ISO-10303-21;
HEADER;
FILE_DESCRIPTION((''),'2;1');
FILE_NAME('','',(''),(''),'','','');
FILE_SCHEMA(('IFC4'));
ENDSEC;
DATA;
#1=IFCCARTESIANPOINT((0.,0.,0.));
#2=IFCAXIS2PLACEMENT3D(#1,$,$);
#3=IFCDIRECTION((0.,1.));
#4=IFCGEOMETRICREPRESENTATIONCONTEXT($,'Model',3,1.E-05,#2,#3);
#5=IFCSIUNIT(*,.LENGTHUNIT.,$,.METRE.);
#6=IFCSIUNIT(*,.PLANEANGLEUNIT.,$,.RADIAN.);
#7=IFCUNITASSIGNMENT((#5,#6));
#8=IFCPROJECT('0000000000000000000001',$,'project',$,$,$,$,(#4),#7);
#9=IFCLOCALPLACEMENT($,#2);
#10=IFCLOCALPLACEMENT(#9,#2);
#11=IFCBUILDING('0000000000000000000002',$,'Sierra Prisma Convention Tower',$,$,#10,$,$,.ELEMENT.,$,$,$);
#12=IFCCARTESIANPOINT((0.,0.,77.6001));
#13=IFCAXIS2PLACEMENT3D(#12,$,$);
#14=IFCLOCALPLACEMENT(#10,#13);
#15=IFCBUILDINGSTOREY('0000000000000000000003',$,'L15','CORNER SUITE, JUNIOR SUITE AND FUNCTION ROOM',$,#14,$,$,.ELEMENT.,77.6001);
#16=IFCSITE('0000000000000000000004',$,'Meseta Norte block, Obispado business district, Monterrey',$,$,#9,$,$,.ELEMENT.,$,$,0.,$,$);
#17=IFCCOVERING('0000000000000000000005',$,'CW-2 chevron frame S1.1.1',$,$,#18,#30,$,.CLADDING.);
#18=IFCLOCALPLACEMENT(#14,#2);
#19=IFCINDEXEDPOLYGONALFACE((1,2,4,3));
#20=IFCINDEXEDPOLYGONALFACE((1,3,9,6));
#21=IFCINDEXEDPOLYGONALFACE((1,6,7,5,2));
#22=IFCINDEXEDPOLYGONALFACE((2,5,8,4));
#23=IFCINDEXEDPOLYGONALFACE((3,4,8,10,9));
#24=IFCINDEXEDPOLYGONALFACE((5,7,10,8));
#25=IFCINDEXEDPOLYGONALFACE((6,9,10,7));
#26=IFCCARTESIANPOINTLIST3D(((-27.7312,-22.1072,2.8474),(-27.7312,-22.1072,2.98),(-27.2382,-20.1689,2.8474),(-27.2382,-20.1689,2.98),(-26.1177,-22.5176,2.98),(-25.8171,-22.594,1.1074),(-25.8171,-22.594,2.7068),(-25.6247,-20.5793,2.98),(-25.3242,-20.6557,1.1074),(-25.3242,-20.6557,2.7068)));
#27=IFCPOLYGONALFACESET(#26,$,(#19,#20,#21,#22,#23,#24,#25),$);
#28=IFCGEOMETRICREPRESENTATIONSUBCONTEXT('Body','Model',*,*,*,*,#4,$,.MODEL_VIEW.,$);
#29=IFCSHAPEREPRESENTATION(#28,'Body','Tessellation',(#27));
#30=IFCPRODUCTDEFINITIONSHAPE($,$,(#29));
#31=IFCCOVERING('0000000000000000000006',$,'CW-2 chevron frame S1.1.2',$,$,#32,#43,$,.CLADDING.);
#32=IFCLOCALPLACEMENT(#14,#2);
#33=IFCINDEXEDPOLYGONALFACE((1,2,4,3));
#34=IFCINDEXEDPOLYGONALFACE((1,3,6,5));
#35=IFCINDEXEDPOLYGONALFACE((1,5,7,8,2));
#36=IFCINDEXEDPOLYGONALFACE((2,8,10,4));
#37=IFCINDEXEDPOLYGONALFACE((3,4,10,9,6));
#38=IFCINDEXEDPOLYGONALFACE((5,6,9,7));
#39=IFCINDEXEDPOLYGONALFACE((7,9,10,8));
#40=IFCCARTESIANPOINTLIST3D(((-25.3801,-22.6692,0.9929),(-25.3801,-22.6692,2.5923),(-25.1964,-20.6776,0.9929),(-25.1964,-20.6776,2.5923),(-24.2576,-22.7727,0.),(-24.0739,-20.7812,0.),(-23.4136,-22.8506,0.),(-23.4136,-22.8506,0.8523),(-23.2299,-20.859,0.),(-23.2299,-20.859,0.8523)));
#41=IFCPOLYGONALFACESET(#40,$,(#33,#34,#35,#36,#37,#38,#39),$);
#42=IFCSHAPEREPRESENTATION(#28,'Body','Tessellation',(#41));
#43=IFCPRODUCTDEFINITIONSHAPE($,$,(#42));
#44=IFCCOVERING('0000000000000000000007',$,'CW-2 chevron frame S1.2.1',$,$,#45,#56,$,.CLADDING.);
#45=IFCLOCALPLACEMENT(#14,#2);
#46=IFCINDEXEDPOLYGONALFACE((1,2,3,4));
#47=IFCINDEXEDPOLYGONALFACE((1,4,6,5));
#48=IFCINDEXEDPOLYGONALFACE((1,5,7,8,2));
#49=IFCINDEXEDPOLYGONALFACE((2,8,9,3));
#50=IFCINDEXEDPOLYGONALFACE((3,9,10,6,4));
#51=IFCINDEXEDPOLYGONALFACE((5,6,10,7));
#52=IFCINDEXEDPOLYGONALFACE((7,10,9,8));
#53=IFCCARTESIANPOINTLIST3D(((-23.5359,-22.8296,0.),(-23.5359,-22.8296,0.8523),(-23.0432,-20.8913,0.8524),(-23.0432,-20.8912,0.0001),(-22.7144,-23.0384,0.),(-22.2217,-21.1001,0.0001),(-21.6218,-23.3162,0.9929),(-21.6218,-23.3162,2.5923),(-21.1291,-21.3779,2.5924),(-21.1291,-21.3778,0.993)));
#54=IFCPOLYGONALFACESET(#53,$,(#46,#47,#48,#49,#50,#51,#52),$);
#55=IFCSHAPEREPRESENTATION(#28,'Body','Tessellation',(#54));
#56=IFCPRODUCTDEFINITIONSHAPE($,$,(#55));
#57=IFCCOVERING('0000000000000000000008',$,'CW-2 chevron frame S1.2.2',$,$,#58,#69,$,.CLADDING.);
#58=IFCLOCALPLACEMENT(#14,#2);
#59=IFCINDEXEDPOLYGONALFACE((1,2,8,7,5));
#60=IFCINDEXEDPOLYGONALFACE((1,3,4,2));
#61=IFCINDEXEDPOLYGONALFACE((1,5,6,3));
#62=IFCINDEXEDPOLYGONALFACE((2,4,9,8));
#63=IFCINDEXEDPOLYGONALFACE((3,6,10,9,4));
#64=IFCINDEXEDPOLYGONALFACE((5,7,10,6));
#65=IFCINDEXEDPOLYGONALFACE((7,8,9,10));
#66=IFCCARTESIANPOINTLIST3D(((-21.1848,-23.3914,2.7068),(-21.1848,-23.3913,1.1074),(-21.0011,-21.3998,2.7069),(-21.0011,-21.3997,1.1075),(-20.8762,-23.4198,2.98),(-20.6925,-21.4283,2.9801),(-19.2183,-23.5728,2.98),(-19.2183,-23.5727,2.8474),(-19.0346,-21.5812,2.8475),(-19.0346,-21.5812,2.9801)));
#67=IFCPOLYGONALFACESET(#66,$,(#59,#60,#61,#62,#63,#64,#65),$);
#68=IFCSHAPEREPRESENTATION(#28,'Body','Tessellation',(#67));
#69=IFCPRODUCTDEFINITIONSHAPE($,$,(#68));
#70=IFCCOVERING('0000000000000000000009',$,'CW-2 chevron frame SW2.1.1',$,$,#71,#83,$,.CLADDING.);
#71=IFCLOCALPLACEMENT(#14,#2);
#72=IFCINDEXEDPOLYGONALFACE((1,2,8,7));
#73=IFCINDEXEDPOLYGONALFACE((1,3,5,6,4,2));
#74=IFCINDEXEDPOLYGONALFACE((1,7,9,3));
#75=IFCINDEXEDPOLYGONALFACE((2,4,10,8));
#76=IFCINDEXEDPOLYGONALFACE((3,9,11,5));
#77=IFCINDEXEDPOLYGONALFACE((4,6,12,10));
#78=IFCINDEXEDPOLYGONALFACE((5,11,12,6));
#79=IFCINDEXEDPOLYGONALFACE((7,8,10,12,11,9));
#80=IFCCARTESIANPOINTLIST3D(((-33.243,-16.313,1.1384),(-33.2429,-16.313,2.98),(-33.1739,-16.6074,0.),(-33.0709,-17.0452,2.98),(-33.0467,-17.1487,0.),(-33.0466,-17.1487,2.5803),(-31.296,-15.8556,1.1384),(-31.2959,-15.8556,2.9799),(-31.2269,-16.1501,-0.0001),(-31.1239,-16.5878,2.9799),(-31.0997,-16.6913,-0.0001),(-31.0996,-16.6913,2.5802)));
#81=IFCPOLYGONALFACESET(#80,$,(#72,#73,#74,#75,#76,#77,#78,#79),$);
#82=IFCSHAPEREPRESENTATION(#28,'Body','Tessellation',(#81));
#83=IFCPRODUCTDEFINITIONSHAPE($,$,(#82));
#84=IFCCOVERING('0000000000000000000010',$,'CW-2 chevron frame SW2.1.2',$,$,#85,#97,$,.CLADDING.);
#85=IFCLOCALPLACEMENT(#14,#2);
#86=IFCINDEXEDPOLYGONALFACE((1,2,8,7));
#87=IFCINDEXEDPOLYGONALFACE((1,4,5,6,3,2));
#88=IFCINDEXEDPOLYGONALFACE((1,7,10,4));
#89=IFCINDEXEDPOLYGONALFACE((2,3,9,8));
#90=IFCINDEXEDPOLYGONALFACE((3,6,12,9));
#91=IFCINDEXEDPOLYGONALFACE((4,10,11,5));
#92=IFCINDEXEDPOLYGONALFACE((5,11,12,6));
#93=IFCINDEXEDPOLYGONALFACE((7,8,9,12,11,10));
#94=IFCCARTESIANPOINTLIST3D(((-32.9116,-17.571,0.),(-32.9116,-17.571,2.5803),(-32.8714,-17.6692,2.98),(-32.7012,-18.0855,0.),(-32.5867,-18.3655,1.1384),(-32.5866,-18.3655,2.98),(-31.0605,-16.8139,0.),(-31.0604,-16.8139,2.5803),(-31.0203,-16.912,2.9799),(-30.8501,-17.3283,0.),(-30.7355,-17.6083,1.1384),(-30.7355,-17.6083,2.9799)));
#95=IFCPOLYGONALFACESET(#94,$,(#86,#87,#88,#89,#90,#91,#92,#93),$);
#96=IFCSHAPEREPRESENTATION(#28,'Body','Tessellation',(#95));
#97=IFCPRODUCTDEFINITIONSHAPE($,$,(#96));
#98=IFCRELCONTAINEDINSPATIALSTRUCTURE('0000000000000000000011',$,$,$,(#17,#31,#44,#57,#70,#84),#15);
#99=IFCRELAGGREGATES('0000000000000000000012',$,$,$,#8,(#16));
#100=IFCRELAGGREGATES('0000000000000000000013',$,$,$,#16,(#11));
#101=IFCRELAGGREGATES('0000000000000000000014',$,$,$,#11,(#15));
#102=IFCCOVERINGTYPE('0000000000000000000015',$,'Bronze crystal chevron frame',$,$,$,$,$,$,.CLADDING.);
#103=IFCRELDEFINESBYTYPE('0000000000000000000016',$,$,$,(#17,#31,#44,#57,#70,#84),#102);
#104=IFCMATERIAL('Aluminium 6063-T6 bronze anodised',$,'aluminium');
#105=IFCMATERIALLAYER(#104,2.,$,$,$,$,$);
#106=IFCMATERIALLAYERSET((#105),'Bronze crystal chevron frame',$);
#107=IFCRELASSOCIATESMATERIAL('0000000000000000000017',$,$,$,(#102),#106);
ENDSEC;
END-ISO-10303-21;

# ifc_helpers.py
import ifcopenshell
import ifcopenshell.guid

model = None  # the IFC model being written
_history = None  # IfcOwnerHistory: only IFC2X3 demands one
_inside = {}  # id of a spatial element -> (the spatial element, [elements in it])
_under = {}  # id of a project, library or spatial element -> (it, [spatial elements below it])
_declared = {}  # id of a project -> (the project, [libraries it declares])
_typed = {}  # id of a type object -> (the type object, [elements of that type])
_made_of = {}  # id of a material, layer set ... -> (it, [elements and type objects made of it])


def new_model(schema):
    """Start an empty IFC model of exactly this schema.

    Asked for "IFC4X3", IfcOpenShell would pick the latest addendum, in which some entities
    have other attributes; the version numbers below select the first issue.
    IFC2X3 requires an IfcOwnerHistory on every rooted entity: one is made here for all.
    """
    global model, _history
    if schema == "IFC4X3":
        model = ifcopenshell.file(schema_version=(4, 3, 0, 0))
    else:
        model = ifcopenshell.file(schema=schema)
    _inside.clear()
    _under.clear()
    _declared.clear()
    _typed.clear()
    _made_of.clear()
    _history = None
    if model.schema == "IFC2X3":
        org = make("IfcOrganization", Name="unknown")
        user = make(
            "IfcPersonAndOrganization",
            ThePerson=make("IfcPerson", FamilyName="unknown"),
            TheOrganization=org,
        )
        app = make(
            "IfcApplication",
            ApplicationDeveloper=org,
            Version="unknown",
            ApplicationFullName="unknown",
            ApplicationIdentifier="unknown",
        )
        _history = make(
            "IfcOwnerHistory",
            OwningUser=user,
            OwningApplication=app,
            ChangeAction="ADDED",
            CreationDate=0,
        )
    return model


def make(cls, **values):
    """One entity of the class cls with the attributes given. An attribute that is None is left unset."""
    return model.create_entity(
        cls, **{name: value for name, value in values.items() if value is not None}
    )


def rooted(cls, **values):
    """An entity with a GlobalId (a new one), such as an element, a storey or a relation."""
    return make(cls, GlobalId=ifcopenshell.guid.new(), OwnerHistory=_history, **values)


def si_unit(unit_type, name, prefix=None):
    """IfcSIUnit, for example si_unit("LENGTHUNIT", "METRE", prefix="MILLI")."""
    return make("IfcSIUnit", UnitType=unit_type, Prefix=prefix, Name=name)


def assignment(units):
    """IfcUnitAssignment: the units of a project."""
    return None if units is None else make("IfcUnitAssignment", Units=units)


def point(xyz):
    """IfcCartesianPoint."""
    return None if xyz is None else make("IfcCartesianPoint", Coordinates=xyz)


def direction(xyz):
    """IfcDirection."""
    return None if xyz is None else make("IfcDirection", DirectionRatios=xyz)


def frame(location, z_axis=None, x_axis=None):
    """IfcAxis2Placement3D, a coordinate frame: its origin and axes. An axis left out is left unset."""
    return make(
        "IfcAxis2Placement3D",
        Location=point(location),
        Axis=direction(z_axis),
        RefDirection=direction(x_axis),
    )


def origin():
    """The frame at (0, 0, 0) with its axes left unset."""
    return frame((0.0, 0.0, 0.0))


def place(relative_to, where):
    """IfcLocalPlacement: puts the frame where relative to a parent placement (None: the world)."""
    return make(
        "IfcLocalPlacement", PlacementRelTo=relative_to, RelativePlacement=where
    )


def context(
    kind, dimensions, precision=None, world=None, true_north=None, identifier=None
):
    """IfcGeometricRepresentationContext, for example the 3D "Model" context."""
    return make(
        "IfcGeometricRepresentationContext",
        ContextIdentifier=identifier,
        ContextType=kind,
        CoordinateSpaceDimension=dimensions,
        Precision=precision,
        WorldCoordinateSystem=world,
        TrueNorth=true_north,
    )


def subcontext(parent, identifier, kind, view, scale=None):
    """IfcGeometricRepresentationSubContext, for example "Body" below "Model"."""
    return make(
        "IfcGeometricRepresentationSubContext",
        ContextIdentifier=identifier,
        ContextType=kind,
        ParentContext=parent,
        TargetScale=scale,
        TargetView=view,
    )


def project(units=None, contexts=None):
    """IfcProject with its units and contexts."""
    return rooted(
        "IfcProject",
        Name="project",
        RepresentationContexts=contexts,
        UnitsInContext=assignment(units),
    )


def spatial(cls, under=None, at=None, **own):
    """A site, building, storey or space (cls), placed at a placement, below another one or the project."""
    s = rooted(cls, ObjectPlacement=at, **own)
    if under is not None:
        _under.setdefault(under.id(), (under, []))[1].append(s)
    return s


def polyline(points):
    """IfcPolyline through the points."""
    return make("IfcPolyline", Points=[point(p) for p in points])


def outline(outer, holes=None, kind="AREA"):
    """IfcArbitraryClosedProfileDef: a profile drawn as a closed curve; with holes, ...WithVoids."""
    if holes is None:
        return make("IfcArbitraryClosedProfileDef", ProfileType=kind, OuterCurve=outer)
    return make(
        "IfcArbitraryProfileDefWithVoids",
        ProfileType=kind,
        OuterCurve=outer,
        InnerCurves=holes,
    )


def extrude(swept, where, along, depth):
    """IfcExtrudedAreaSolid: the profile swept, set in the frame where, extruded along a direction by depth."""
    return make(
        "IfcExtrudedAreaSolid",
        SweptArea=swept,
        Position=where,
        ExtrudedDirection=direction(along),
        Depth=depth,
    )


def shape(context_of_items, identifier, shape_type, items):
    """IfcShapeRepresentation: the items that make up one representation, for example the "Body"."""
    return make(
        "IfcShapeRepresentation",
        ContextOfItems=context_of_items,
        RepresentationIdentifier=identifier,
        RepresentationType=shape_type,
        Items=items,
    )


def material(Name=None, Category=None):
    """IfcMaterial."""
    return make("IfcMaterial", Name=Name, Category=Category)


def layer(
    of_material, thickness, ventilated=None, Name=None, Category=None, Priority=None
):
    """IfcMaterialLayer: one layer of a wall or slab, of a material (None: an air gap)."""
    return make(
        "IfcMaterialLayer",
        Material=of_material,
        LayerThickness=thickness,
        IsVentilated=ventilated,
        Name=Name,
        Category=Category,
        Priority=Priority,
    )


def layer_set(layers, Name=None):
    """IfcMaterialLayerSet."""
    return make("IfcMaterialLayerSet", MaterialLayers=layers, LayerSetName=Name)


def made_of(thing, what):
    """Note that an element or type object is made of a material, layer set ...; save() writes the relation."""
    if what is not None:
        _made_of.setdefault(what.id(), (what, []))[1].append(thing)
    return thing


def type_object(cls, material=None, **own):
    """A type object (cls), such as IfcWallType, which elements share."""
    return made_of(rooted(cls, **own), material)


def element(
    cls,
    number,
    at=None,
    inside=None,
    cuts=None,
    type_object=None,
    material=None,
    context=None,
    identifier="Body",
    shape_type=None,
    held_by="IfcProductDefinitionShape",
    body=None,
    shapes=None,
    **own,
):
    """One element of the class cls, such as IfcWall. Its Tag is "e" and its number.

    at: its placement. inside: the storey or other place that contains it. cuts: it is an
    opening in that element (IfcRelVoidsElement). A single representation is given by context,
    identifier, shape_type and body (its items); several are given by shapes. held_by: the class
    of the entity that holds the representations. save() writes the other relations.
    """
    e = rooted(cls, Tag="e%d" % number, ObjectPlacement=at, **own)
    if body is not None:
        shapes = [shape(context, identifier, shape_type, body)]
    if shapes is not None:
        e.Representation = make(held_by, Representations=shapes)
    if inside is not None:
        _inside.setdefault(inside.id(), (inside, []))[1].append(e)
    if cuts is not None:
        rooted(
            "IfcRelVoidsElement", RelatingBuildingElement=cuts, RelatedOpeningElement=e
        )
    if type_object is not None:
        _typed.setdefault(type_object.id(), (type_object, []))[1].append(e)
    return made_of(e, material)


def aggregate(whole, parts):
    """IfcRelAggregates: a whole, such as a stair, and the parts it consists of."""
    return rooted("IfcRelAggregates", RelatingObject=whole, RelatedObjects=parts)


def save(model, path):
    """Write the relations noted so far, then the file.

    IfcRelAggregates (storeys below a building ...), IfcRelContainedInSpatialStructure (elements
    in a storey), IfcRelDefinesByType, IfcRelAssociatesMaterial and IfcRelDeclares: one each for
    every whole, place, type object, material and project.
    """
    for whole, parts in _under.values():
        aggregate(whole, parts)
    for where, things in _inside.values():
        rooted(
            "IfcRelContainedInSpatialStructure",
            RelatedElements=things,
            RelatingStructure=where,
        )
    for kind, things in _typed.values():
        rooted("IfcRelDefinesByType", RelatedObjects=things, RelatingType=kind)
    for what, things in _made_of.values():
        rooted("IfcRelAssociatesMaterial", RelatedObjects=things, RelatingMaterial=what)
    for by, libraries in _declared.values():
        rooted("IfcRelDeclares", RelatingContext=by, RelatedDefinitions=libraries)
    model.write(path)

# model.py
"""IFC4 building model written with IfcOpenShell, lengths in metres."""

from ifc_helpers import new_model, si_unit, direction, frame, origin, place, context, subcontext, project, spatial, polyline, outline, extrude, material, layer, layer_set, type_object, element, save


model = new_model("IFC4")

# Units and contexts
model_context = context("Model", 3, precision=1e-05, world=origin(), true_north=direction((0.0, 1.0)))
body_context = subcontext(model_context, "Body", "Model", "MODEL_VIEW")
ifc_project = project(units=[si_unit("LENGTHUNIT", "METRE"), si_unit("PLANEANGLEUNIT", "RADIAN")], contexts=[model_context])

# Site, building, storey
site_placement = place(None, origin())
site = spatial("IfcSite", under=ifc_project, at=site_placement, Name="Meseta Norte block, Obispado business district, Monterrey", CompositionType="ELEMENT", RefElevation=0.0)
building_placement = place(site_placement, origin())
building = spatial("IfcBuilding", under=site, at=building_placement, Name="Sierra Prisma Convention Tower", CompositionType="ELEMENT")
storey_placement = place(building_placement, frame((0.0, 0.0, 77.6001)))
storey = spatial("IfcBuildingStorey", under=building, at=storey_placement, Name="L15", Description="CORNER SUITE, JUNIOR SUITE AND FUNCTION ROOM", CompositionType="ELEMENT", Elevation=77.6001)

# Coverings
ifc_material_1 = material(Name="Aluminium 6063-T6 bronze anodised", Category="aluminium")
ifc_layer_1 = layer(ifc_material_1, 2.0)
ifc_layer_set_1 = layer_set([ifc_layer_1], Name="Bronze crystal chevron frame")
covering_type = type_object("IfcCoveringType", Name="Bronze crystal chevron frame", PredefinedType="CLADDING", material=ifc_layer_set_1)
covering_1_placement = place(storey_placement, frame((-27.7312, -22.1072, 2.98), z_axis=(-0.246491, -0.969145, -0.000011), x_axis=(0.000003, 0.00001, -1.0)))
element("IfcCovering", 1, at=covering_1_placement, inside=storey, type_object=covering_type, Name="CW-2 chevron frame S1.1.1", PredefinedType="CLADDING", context=body_context, shape_type="SweptSolid", body=[
    extrude(outline(polyline([(0.0, 0.0), (0.1326, 0.0), (1.8726, 1.975), (0.2732, 1.975), (0.0, 1.6649), (0.0, 0.0)])), origin(), (0.0, 0.0, -1.0), 2.0),
])
covering_2_placement = place(storey_placement, frame((-25.3801, -22.6692, 2.5923), z_axis=(-0.091856, -0.995772, -0.00001), x_axis=(0.000001, 0.00001, -1.0)))
element("IfcCovering", 2, at=covering_2_placement, inside=storey, type_object=covering_type, Name="CW-2 chevron frame S1.1.2", PredefinedType="CLADDING", context=body_context, shape_type="SweptSolid", body=[
    extrude(outline(polyline([(0.0, 0.0), (1.5994, 0.0), (2.5923, 1.1273), (2.5923, 1.9749), (1.74, 1.9749), (0.0, 0.0)])), origin(), (0.0, 0.0, -1.0), 2.0),
])
covering_3_placement = place(storey_placement, frame((-23.5359, -22.8296, 0.0), z_axis=(-0.246357, -0.969179, -0.000034), x_axis=(0.969179, -0.246357, 0.0)))
element("IfcCovering", 3, at=covering_3_placement, inside=storey, type_object=covering_type, Name="CW-2 chevron frame S1.2.1", PredefinedType="CLADDING", context=body_context, shape_type="SweptSolid", body=[
    extrude(outline(polyline([(0.0, 0.0), (0.8476, 0.0), (1.9749, 0.9929), (1.9749, 2.5923), (0.0, 0.8523), (0.0, 0.0)])), origin(), (0.0, 0.0, -1.0), 2.0),
])
covering_4_placement = place(storey_placement, frame((-19.2183, -23.5728, 2.98), z_axis=(-0.091844, -0.995773, -0.00005), x_axis=(-0.995773, 0.091844, 0.0)))
element("IfcCovering", 4, at=covering_4_placement, inside=storey, type_object=covering_type, Name="CW-2 chevron frame S1.2.2", PredefinedType="CLADDING", context=body_context, shape_type="SweptSolid", body=[
    extrude(outline(polyline([(0.0, 0.0), (1.665, 0.0), (1.9749, 0.2732), (1.9749, 1.8726), (0.0, 0.1326), (0.0, 0.0)])), origin(), (0.0, 0.0, -1.0), 2.0),
])
covering_5_placement = place(storey_placement, frame((-33.2429, -16.313, 2.98), z_axis=(-0.9735, -0.228685, 0.000037), x_axis=(-0.000036, -0.000008, -1.0)))
element("IfcCovering", 5, at=covering_5_placement, inside=storey, type_object=covering_type, Name="CW-2 chevron frame SW2.1.1", PredefinedType="CLADDING", context=body_context, shape_type="SweptSolid", body=[
    extrude(outline(polyline([(0.0, 0.0), (1.8416, 0.0), (2.98, 0.3024), (2.98, 0.8584), (0.3997, 0.8584), (0.0, 0.7521), (0.0, 0.0)])), origin(), (0.0, 0.0, -1.0), 2.0),
])
covering_6_placement = place(storey_placement, frame((-32.9116, -17.571, 0.0), z_axis=(-0.925566, -0.378587, 0.000017), x_axis=(0.378587, -0.925566, 0.0)))
element("IfcCovering", 6, at=covering_6_placement, inside=storey, type_object=covering_type, Name="CW-2 chevron frame SW2.1.2", PredefinedType="CLADDING", context=body_context, shape_type="SweptSolid", body=[
    extrude(outline(polyline([(0.0, 0.0), (0.5558, 0.0), (0.8583, 1.1384), (0.8583, 2.98), (0.1061, 2.98), (0.0, 2.5803), (0.0, 0.0)])), origin(), (0.0, 0.0, -1.0), 2.0),
])

save(model, "model.ifc")
